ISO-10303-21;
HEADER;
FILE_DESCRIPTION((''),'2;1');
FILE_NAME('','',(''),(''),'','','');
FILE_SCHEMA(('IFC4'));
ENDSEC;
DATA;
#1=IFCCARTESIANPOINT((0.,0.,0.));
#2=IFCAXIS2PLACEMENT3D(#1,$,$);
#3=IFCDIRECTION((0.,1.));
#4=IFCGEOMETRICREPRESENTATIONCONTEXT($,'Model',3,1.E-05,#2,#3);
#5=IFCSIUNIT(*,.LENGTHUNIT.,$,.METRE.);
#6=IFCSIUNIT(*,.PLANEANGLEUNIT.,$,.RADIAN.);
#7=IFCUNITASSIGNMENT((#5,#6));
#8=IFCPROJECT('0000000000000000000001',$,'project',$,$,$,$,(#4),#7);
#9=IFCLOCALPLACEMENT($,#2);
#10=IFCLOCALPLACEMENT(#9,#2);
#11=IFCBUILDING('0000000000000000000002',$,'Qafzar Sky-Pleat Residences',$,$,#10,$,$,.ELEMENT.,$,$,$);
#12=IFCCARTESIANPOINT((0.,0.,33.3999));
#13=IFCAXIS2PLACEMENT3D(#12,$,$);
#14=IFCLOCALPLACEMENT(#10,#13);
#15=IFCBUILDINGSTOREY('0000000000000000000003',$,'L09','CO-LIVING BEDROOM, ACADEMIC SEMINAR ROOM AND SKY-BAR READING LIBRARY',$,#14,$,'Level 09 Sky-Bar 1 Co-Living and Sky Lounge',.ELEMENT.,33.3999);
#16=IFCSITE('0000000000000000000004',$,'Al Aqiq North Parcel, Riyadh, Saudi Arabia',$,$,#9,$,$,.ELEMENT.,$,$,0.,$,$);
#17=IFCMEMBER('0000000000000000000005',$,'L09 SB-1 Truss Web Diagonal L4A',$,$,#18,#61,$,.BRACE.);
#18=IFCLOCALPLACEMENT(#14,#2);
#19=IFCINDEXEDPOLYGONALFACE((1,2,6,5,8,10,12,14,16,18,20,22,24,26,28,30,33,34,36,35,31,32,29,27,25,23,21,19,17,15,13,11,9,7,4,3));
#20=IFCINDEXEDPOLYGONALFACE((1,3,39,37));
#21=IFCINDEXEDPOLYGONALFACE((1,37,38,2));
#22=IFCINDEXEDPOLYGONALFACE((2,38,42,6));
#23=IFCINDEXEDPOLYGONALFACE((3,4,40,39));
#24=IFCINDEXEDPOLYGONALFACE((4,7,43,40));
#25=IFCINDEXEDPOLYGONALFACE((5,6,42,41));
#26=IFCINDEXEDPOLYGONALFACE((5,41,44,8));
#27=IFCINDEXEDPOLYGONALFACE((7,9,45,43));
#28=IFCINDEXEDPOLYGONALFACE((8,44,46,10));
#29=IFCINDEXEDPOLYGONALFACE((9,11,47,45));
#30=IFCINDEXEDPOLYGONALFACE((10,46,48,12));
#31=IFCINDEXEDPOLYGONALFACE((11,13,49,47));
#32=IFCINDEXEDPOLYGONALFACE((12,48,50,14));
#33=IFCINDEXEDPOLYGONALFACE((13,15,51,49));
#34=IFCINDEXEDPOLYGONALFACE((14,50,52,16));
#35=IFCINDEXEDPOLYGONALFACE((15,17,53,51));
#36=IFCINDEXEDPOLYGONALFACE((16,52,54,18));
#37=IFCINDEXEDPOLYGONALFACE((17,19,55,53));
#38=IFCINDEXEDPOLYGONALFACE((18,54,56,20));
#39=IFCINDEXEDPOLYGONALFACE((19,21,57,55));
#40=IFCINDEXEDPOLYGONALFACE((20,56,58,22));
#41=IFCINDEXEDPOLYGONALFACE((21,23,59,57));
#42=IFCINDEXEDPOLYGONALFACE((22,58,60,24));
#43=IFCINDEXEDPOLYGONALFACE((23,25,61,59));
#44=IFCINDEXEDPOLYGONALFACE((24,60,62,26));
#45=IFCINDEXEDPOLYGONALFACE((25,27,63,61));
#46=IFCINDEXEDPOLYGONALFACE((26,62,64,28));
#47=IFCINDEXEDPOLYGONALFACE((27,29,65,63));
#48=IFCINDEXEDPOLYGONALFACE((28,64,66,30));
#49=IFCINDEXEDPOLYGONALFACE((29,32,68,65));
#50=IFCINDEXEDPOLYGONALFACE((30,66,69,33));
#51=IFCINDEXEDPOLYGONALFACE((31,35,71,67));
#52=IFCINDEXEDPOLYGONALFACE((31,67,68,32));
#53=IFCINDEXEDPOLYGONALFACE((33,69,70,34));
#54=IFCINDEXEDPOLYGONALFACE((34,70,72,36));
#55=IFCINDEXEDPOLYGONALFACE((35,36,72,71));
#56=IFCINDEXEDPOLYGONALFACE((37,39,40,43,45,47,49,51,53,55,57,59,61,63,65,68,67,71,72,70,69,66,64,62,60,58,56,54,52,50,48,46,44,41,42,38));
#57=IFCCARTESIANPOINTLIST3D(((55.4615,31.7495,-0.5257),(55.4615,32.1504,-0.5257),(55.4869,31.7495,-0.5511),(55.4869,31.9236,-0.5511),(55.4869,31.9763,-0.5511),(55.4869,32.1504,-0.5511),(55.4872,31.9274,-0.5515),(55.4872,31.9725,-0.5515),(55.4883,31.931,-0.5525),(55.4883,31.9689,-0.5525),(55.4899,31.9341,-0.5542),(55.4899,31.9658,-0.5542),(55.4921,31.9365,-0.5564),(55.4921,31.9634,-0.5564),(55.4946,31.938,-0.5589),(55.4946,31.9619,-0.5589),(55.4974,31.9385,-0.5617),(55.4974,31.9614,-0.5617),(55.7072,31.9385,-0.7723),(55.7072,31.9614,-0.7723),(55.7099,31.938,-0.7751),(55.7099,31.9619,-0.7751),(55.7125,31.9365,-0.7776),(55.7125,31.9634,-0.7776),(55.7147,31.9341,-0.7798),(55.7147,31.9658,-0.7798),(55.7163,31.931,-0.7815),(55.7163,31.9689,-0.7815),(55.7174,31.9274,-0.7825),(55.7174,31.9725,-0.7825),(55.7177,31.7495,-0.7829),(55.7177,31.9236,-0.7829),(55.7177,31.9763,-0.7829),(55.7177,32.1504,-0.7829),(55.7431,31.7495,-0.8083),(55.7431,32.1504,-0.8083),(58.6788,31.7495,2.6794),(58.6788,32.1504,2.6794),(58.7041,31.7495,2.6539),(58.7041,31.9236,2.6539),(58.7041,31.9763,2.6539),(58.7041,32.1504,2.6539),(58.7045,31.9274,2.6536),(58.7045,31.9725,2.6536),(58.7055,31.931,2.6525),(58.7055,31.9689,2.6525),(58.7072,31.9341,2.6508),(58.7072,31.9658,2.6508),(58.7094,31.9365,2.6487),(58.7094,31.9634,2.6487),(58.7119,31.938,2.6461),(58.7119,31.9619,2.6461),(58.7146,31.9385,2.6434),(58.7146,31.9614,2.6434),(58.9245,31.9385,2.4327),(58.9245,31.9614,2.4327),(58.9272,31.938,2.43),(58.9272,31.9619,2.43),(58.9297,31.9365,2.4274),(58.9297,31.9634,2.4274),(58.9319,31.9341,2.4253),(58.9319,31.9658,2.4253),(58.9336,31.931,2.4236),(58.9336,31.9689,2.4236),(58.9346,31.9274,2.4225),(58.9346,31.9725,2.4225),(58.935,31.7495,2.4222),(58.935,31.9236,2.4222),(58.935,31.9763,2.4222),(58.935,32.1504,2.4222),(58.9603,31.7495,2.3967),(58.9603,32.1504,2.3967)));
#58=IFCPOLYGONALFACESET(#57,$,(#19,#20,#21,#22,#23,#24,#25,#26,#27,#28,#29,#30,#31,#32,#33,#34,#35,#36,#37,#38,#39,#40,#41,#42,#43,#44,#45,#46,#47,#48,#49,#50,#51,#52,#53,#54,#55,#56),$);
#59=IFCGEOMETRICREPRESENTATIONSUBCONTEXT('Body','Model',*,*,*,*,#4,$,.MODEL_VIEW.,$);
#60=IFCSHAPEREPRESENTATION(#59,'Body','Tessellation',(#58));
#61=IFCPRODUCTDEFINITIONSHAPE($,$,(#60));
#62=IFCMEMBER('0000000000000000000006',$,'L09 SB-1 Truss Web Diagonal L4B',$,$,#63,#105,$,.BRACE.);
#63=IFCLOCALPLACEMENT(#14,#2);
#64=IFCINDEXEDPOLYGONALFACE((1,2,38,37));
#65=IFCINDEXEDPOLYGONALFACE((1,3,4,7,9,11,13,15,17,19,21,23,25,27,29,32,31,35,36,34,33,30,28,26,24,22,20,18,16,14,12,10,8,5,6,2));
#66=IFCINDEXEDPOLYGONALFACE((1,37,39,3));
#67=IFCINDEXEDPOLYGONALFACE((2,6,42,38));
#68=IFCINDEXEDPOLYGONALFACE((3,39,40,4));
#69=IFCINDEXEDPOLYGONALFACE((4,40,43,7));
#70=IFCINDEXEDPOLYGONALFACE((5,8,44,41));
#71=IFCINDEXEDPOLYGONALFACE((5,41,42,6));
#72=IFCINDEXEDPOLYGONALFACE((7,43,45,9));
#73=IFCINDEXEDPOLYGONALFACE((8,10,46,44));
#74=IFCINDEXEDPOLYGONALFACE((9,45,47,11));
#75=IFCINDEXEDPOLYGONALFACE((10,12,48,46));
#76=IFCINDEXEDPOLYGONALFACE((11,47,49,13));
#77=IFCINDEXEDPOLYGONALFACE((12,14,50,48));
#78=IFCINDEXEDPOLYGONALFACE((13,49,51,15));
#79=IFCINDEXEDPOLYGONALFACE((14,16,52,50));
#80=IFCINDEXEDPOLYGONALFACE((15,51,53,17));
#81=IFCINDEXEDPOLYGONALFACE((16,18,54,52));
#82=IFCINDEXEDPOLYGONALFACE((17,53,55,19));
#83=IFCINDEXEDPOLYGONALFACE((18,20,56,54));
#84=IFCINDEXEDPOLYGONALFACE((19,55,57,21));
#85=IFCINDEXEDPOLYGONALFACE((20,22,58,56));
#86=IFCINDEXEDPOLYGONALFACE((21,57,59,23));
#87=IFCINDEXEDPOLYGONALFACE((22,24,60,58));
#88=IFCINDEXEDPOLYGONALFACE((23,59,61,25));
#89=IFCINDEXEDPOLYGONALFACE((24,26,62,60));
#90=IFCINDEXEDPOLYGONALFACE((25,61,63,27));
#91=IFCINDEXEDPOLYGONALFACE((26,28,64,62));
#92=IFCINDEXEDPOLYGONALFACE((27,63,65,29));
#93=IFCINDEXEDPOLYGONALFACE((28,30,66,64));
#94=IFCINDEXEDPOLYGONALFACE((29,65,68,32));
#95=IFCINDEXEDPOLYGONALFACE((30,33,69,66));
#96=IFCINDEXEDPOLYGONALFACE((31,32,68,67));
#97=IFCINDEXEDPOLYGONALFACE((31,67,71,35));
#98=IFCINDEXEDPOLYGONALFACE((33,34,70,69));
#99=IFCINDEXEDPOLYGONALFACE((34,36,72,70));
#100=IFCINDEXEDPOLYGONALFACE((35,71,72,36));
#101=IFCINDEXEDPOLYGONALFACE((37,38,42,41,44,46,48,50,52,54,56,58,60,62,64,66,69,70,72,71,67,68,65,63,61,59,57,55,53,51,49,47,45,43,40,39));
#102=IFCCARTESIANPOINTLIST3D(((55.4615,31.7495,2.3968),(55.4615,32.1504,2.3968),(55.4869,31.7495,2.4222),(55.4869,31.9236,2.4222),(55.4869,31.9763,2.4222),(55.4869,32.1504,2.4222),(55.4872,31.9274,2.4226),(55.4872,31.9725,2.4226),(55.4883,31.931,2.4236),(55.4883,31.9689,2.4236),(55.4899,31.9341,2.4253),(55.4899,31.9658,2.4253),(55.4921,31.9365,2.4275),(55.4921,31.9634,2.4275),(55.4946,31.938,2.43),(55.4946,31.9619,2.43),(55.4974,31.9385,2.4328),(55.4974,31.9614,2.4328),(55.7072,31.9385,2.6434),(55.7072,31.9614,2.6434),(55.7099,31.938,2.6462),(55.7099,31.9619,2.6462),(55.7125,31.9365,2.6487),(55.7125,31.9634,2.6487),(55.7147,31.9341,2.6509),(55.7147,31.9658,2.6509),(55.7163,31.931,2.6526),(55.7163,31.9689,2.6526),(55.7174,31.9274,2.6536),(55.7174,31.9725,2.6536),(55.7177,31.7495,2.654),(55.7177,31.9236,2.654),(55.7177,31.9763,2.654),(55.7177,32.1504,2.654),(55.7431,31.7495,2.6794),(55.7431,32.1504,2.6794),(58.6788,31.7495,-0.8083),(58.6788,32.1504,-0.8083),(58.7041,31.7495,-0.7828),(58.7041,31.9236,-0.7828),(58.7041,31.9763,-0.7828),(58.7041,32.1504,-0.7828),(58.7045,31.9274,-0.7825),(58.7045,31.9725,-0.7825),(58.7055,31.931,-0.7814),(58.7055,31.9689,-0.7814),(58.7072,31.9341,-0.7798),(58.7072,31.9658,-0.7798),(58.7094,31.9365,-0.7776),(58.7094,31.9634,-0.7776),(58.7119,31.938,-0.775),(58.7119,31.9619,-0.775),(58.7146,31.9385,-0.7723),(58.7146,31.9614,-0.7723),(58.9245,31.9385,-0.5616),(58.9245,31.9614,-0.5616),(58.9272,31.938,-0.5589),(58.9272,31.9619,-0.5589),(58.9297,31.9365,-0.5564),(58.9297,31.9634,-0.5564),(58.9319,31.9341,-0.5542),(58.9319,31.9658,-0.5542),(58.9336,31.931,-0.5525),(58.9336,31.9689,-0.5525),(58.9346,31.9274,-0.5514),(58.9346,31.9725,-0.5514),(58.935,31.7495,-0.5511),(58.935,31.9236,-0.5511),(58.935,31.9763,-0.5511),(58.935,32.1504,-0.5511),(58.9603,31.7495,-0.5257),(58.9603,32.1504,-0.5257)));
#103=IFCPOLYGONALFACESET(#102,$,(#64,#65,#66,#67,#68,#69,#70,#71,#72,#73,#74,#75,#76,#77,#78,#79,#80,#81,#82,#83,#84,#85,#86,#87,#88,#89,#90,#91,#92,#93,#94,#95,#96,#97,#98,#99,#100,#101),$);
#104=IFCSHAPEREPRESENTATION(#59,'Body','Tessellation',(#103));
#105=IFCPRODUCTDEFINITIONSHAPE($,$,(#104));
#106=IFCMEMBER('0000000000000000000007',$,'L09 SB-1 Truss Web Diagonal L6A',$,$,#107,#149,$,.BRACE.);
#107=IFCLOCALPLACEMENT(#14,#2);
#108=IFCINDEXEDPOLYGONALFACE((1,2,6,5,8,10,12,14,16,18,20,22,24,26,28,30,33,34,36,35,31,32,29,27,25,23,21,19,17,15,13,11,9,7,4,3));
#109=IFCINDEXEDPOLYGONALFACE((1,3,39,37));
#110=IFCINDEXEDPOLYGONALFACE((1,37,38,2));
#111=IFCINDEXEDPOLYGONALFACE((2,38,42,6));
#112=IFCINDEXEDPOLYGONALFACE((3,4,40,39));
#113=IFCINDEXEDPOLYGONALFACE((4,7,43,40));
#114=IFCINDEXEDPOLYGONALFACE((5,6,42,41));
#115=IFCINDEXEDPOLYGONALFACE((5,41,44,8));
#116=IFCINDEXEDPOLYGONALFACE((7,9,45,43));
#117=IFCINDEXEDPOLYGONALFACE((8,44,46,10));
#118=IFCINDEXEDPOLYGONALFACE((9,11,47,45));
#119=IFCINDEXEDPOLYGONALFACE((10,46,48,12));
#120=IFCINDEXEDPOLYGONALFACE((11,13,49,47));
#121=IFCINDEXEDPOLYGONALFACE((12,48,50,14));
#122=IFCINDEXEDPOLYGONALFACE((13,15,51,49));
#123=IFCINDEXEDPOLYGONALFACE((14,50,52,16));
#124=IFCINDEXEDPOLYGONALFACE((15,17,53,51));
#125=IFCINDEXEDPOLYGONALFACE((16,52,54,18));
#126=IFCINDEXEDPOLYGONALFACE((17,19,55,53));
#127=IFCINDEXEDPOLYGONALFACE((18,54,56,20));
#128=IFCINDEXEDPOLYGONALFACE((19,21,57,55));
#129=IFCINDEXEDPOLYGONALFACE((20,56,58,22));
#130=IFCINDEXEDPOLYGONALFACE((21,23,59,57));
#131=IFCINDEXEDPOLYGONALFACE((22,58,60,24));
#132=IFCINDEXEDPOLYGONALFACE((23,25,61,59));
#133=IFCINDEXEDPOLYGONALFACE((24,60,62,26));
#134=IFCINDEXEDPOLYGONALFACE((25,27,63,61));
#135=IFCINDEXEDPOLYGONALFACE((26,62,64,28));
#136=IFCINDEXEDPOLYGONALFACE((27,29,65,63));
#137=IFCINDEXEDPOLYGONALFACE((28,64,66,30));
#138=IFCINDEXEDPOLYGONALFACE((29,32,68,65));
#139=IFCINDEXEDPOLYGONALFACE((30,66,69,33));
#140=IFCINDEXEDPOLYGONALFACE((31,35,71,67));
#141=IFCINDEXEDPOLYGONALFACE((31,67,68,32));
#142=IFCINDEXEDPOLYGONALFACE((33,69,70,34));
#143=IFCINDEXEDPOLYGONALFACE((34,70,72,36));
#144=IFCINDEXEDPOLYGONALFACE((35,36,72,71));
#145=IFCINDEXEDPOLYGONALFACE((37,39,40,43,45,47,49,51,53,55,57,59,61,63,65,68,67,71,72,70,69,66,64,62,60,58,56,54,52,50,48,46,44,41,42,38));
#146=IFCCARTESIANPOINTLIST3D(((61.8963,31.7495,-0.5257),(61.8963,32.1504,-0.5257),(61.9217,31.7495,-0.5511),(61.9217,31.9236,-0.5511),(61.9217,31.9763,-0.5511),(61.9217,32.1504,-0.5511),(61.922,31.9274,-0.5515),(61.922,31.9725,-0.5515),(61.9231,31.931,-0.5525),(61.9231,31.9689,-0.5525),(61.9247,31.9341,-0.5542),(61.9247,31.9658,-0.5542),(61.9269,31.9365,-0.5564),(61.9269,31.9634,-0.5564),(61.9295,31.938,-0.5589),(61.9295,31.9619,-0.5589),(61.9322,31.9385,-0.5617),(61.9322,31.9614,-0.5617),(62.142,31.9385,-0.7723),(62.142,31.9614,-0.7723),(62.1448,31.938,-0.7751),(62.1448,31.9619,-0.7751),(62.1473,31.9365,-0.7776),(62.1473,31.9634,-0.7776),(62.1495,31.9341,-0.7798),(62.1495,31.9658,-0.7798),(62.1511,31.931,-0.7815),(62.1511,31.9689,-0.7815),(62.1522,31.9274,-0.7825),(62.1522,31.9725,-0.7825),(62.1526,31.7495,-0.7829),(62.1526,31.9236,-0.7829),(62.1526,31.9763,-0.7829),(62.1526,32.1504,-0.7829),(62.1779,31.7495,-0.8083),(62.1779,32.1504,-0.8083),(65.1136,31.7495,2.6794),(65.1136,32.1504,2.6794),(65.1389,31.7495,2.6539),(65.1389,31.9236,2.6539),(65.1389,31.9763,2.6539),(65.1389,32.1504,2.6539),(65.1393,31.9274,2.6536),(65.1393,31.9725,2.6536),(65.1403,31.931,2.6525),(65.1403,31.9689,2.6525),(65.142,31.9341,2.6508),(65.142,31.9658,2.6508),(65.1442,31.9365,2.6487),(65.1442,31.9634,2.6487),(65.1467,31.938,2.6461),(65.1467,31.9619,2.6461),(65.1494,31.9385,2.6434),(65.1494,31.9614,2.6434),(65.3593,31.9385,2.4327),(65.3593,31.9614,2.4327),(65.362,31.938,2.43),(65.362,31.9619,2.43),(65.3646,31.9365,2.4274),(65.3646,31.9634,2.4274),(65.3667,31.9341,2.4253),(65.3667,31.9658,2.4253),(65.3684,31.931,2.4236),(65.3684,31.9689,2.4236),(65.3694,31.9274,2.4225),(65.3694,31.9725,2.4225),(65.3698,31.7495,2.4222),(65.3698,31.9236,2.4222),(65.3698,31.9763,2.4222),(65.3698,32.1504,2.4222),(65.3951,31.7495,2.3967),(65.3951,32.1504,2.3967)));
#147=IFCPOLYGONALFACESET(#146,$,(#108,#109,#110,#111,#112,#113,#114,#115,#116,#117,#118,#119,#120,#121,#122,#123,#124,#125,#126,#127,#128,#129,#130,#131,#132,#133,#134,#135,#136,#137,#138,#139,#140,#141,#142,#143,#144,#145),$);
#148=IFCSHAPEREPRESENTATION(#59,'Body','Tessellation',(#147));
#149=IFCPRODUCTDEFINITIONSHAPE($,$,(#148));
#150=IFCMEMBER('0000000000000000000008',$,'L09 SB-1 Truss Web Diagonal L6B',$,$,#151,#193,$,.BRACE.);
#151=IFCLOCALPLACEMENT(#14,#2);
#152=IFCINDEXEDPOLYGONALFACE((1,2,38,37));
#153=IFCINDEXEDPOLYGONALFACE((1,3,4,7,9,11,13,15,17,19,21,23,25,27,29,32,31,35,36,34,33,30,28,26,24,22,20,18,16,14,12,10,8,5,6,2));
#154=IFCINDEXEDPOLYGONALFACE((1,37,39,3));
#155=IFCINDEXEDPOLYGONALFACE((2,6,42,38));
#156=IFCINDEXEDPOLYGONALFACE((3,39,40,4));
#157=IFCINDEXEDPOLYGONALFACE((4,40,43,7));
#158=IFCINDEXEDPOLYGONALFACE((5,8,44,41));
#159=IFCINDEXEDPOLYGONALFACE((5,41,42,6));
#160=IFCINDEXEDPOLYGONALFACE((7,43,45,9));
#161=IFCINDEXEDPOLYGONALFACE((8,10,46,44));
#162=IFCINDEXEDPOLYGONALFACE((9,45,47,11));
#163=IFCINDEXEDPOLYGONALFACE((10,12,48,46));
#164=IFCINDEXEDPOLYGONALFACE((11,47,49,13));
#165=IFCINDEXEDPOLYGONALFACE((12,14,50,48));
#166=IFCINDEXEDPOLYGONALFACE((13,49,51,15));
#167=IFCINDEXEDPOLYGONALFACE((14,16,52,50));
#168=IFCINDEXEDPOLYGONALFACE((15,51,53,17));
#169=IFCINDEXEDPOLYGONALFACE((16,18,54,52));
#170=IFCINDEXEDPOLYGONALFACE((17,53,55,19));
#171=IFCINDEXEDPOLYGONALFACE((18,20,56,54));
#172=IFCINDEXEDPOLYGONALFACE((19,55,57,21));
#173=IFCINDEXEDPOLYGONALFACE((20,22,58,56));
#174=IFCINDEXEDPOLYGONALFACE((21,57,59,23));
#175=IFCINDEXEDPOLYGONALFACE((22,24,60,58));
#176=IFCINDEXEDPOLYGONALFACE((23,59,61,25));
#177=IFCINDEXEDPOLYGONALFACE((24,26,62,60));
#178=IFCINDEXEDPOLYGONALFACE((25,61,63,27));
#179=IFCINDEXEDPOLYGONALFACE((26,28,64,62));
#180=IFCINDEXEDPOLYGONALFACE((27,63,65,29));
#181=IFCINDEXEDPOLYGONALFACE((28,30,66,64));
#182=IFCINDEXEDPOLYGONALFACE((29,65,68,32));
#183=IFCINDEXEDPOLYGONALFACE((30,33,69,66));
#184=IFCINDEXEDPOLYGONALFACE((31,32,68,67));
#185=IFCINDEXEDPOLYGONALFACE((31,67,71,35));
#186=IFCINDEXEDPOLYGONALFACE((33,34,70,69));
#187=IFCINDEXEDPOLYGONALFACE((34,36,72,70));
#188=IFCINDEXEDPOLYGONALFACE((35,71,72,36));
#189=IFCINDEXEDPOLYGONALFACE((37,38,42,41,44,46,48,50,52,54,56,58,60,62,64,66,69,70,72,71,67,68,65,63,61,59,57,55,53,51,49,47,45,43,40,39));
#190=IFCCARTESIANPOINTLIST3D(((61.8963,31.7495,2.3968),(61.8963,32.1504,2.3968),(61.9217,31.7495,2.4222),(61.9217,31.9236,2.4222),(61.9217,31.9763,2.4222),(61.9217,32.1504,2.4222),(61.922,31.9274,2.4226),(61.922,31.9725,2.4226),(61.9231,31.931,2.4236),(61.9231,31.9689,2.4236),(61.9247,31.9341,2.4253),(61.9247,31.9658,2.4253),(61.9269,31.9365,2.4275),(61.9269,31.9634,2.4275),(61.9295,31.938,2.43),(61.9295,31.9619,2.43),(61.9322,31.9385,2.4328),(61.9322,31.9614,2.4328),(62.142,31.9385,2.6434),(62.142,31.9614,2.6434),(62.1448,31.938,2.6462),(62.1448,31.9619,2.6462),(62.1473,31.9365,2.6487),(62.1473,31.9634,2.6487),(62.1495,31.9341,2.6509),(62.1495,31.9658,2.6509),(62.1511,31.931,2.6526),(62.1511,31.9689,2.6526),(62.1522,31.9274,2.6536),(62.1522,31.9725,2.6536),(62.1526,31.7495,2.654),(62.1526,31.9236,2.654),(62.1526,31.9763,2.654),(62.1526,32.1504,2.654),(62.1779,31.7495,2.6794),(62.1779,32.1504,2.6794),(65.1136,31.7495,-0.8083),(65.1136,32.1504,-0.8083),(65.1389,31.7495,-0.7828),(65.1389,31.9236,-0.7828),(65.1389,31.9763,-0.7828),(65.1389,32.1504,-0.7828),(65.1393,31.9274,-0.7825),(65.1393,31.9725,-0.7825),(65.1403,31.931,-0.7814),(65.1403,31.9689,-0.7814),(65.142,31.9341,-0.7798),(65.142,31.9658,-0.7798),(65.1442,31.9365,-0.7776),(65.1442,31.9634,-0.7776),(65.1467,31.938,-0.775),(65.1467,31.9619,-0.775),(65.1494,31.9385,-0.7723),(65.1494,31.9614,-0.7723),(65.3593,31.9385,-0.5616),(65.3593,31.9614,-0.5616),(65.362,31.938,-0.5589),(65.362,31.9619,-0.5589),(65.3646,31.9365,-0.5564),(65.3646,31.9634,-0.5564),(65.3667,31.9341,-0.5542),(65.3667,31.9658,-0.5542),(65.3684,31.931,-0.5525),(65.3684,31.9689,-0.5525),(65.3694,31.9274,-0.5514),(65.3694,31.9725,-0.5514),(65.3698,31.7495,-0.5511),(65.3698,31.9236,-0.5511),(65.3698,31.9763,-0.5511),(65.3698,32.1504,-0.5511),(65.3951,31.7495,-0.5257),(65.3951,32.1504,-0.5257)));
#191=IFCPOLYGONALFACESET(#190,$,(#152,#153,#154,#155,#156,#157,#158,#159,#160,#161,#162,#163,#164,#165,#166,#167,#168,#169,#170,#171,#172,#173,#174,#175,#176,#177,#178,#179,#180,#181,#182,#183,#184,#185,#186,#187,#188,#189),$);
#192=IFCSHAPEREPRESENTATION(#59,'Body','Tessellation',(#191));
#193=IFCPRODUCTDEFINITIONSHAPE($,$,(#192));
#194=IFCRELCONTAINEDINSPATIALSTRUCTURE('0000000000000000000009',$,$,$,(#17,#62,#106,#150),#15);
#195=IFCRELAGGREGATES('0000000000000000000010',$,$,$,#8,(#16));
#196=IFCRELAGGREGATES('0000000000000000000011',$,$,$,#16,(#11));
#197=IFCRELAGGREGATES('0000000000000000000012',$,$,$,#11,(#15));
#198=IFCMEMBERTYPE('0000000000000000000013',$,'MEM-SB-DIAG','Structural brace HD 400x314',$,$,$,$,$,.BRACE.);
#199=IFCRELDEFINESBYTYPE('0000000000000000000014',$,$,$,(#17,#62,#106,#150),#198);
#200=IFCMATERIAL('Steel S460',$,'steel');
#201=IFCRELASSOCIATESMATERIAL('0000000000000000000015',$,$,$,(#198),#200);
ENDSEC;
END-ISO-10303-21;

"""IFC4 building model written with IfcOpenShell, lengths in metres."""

from ifc_helpers import new_model, si_unit, direction, frame, origin, origin_2d, place, context, subcontext, project, spatial, i_section, extrude, source, transform, mapped, material, material_profile, profile_set, type_object, element, save


model = new_model("IFC4")

# Units and contexts
model_context = context("Model", 3, precision=1e-05, world=origin(), true_north=direction((0.0, 1.0)))
body_context = subcontext(model_context, "Body", "Model", "MODEL_VIEW")
ifc_project = project(units=[si_unit("LENGTHUNIT", "METRE"), si_unit("PLANEANGLEUNIT", "RADIAN")], contexts=[model_context])

# Site, building, storey
site_placement = place(None, origin())
site = spatial("IfcSite", under=ifc_project, at=site_placement, Name="Al Aqiq North Parcel, Riyadh, Saudi Arabia", CompositionType="ELEMENT", RefElevation=0.0)
building_placement = place(site_placement, origin())
building = spatial("IfcBuilding", under=site, at=building_placement, Name="Qafzar Sky-Pleat Residences", CompositionType="ELEMENT")
storey_placement = place(building_placement, frame((0.0, 0.0, 33.3999)))
storey = spatial("IfcBuildingStorey", under=building, at=storey_placement, Name="L09", Description="CO-LIVING BEDROOM, ACADEMIC SEMINAR ROOM AND SKY-BAR READING LIBRARY", LongName="Level 09 Sky-Bar 1 Co-Living and Sky Lounge", CompositionType="ELEMENT", Elevation=33.3999)

# Shared definitions
ifc_material_1 = material(Name="Steel S460", Category="steel")

# Members
ifc_material_profile_1 = material_profile(ifc_material_1, i_section(OverallWidth=0.4009, OverallDepth=0.3989, WebThickness=0.0229, FlangeThickness=0.0359, FilletRadius=0.0149, at=origin_2d()), Name="HD 400x314")
ifc_profile_set_1 = profile_set([ifc_material_profile_1], Name="Steel S460")
member_type_1 = type_object("IfcMemberType", Name="MEM-SB-DIAG", Description="Structural brace HD 400x314", PredefinedType="BRACE", material=ifc_profile_set_1)
shared_shape_1 = source(origin(), body_context, "Body", "SweptSolid", [
    extrude(i_section(OverallWidth=0.4009, OverallDepth=0.3989, WebThickness=0.0229, FlangeThickness=0.0359, FilletRadius=0.0149, at=origin_2d()), origin(), (0.0, 0.0, 1.0), 4.5413),
])
for number, where, z_axis, x_axis, name in (
    (1, (55.6023, 31.95, -0.667), (0.70845, 0.0, 0.705762), (0.0, 1.0, 0.0), "L09 SB-1 Truss Web Diagonal L4A"),
    (2, (55.6023, 31.95, 2.5381), (0.70845, 0.0, -0.705762), (0.0, 1.0, 0.0), "L09 SB-1 Truss Web Diagonal L4B"),
    (3, (62.0371, 31.95, -0.667), (0.70845, 0.0, 0.705762), (0.0, 1.0, 0.0), "L09 SB-1 Truss Web Diagonal L6A"),
    (4, (62.0371, 31.95, 2.5381), (0.70845, 0.0, -0.705762), (0.0, 1.0, 0.0), "L09 SB-1 Truss Web Diagonal L6B"),
):
    element("IfcMember", number, at=place(storey_placement, frame(where, z_axis=z_axis, x_axis=x_axis)), inside=storey, type_object=member_type_1, Name=name, PredefinedType="BRACE", context=body_context, shape_type="MappedRepresentation", body=[
        mapped(shared_shape_1, transform((0.0, 0.0, 0.0), x_axis=(1.0, 0.0, 0.0), y_axis=(0.0, 1.0, 0.0), z_axis=(0.0, 0.0, 1.0), scale=1.0)),
    ])

save(model, "model.ifc")
